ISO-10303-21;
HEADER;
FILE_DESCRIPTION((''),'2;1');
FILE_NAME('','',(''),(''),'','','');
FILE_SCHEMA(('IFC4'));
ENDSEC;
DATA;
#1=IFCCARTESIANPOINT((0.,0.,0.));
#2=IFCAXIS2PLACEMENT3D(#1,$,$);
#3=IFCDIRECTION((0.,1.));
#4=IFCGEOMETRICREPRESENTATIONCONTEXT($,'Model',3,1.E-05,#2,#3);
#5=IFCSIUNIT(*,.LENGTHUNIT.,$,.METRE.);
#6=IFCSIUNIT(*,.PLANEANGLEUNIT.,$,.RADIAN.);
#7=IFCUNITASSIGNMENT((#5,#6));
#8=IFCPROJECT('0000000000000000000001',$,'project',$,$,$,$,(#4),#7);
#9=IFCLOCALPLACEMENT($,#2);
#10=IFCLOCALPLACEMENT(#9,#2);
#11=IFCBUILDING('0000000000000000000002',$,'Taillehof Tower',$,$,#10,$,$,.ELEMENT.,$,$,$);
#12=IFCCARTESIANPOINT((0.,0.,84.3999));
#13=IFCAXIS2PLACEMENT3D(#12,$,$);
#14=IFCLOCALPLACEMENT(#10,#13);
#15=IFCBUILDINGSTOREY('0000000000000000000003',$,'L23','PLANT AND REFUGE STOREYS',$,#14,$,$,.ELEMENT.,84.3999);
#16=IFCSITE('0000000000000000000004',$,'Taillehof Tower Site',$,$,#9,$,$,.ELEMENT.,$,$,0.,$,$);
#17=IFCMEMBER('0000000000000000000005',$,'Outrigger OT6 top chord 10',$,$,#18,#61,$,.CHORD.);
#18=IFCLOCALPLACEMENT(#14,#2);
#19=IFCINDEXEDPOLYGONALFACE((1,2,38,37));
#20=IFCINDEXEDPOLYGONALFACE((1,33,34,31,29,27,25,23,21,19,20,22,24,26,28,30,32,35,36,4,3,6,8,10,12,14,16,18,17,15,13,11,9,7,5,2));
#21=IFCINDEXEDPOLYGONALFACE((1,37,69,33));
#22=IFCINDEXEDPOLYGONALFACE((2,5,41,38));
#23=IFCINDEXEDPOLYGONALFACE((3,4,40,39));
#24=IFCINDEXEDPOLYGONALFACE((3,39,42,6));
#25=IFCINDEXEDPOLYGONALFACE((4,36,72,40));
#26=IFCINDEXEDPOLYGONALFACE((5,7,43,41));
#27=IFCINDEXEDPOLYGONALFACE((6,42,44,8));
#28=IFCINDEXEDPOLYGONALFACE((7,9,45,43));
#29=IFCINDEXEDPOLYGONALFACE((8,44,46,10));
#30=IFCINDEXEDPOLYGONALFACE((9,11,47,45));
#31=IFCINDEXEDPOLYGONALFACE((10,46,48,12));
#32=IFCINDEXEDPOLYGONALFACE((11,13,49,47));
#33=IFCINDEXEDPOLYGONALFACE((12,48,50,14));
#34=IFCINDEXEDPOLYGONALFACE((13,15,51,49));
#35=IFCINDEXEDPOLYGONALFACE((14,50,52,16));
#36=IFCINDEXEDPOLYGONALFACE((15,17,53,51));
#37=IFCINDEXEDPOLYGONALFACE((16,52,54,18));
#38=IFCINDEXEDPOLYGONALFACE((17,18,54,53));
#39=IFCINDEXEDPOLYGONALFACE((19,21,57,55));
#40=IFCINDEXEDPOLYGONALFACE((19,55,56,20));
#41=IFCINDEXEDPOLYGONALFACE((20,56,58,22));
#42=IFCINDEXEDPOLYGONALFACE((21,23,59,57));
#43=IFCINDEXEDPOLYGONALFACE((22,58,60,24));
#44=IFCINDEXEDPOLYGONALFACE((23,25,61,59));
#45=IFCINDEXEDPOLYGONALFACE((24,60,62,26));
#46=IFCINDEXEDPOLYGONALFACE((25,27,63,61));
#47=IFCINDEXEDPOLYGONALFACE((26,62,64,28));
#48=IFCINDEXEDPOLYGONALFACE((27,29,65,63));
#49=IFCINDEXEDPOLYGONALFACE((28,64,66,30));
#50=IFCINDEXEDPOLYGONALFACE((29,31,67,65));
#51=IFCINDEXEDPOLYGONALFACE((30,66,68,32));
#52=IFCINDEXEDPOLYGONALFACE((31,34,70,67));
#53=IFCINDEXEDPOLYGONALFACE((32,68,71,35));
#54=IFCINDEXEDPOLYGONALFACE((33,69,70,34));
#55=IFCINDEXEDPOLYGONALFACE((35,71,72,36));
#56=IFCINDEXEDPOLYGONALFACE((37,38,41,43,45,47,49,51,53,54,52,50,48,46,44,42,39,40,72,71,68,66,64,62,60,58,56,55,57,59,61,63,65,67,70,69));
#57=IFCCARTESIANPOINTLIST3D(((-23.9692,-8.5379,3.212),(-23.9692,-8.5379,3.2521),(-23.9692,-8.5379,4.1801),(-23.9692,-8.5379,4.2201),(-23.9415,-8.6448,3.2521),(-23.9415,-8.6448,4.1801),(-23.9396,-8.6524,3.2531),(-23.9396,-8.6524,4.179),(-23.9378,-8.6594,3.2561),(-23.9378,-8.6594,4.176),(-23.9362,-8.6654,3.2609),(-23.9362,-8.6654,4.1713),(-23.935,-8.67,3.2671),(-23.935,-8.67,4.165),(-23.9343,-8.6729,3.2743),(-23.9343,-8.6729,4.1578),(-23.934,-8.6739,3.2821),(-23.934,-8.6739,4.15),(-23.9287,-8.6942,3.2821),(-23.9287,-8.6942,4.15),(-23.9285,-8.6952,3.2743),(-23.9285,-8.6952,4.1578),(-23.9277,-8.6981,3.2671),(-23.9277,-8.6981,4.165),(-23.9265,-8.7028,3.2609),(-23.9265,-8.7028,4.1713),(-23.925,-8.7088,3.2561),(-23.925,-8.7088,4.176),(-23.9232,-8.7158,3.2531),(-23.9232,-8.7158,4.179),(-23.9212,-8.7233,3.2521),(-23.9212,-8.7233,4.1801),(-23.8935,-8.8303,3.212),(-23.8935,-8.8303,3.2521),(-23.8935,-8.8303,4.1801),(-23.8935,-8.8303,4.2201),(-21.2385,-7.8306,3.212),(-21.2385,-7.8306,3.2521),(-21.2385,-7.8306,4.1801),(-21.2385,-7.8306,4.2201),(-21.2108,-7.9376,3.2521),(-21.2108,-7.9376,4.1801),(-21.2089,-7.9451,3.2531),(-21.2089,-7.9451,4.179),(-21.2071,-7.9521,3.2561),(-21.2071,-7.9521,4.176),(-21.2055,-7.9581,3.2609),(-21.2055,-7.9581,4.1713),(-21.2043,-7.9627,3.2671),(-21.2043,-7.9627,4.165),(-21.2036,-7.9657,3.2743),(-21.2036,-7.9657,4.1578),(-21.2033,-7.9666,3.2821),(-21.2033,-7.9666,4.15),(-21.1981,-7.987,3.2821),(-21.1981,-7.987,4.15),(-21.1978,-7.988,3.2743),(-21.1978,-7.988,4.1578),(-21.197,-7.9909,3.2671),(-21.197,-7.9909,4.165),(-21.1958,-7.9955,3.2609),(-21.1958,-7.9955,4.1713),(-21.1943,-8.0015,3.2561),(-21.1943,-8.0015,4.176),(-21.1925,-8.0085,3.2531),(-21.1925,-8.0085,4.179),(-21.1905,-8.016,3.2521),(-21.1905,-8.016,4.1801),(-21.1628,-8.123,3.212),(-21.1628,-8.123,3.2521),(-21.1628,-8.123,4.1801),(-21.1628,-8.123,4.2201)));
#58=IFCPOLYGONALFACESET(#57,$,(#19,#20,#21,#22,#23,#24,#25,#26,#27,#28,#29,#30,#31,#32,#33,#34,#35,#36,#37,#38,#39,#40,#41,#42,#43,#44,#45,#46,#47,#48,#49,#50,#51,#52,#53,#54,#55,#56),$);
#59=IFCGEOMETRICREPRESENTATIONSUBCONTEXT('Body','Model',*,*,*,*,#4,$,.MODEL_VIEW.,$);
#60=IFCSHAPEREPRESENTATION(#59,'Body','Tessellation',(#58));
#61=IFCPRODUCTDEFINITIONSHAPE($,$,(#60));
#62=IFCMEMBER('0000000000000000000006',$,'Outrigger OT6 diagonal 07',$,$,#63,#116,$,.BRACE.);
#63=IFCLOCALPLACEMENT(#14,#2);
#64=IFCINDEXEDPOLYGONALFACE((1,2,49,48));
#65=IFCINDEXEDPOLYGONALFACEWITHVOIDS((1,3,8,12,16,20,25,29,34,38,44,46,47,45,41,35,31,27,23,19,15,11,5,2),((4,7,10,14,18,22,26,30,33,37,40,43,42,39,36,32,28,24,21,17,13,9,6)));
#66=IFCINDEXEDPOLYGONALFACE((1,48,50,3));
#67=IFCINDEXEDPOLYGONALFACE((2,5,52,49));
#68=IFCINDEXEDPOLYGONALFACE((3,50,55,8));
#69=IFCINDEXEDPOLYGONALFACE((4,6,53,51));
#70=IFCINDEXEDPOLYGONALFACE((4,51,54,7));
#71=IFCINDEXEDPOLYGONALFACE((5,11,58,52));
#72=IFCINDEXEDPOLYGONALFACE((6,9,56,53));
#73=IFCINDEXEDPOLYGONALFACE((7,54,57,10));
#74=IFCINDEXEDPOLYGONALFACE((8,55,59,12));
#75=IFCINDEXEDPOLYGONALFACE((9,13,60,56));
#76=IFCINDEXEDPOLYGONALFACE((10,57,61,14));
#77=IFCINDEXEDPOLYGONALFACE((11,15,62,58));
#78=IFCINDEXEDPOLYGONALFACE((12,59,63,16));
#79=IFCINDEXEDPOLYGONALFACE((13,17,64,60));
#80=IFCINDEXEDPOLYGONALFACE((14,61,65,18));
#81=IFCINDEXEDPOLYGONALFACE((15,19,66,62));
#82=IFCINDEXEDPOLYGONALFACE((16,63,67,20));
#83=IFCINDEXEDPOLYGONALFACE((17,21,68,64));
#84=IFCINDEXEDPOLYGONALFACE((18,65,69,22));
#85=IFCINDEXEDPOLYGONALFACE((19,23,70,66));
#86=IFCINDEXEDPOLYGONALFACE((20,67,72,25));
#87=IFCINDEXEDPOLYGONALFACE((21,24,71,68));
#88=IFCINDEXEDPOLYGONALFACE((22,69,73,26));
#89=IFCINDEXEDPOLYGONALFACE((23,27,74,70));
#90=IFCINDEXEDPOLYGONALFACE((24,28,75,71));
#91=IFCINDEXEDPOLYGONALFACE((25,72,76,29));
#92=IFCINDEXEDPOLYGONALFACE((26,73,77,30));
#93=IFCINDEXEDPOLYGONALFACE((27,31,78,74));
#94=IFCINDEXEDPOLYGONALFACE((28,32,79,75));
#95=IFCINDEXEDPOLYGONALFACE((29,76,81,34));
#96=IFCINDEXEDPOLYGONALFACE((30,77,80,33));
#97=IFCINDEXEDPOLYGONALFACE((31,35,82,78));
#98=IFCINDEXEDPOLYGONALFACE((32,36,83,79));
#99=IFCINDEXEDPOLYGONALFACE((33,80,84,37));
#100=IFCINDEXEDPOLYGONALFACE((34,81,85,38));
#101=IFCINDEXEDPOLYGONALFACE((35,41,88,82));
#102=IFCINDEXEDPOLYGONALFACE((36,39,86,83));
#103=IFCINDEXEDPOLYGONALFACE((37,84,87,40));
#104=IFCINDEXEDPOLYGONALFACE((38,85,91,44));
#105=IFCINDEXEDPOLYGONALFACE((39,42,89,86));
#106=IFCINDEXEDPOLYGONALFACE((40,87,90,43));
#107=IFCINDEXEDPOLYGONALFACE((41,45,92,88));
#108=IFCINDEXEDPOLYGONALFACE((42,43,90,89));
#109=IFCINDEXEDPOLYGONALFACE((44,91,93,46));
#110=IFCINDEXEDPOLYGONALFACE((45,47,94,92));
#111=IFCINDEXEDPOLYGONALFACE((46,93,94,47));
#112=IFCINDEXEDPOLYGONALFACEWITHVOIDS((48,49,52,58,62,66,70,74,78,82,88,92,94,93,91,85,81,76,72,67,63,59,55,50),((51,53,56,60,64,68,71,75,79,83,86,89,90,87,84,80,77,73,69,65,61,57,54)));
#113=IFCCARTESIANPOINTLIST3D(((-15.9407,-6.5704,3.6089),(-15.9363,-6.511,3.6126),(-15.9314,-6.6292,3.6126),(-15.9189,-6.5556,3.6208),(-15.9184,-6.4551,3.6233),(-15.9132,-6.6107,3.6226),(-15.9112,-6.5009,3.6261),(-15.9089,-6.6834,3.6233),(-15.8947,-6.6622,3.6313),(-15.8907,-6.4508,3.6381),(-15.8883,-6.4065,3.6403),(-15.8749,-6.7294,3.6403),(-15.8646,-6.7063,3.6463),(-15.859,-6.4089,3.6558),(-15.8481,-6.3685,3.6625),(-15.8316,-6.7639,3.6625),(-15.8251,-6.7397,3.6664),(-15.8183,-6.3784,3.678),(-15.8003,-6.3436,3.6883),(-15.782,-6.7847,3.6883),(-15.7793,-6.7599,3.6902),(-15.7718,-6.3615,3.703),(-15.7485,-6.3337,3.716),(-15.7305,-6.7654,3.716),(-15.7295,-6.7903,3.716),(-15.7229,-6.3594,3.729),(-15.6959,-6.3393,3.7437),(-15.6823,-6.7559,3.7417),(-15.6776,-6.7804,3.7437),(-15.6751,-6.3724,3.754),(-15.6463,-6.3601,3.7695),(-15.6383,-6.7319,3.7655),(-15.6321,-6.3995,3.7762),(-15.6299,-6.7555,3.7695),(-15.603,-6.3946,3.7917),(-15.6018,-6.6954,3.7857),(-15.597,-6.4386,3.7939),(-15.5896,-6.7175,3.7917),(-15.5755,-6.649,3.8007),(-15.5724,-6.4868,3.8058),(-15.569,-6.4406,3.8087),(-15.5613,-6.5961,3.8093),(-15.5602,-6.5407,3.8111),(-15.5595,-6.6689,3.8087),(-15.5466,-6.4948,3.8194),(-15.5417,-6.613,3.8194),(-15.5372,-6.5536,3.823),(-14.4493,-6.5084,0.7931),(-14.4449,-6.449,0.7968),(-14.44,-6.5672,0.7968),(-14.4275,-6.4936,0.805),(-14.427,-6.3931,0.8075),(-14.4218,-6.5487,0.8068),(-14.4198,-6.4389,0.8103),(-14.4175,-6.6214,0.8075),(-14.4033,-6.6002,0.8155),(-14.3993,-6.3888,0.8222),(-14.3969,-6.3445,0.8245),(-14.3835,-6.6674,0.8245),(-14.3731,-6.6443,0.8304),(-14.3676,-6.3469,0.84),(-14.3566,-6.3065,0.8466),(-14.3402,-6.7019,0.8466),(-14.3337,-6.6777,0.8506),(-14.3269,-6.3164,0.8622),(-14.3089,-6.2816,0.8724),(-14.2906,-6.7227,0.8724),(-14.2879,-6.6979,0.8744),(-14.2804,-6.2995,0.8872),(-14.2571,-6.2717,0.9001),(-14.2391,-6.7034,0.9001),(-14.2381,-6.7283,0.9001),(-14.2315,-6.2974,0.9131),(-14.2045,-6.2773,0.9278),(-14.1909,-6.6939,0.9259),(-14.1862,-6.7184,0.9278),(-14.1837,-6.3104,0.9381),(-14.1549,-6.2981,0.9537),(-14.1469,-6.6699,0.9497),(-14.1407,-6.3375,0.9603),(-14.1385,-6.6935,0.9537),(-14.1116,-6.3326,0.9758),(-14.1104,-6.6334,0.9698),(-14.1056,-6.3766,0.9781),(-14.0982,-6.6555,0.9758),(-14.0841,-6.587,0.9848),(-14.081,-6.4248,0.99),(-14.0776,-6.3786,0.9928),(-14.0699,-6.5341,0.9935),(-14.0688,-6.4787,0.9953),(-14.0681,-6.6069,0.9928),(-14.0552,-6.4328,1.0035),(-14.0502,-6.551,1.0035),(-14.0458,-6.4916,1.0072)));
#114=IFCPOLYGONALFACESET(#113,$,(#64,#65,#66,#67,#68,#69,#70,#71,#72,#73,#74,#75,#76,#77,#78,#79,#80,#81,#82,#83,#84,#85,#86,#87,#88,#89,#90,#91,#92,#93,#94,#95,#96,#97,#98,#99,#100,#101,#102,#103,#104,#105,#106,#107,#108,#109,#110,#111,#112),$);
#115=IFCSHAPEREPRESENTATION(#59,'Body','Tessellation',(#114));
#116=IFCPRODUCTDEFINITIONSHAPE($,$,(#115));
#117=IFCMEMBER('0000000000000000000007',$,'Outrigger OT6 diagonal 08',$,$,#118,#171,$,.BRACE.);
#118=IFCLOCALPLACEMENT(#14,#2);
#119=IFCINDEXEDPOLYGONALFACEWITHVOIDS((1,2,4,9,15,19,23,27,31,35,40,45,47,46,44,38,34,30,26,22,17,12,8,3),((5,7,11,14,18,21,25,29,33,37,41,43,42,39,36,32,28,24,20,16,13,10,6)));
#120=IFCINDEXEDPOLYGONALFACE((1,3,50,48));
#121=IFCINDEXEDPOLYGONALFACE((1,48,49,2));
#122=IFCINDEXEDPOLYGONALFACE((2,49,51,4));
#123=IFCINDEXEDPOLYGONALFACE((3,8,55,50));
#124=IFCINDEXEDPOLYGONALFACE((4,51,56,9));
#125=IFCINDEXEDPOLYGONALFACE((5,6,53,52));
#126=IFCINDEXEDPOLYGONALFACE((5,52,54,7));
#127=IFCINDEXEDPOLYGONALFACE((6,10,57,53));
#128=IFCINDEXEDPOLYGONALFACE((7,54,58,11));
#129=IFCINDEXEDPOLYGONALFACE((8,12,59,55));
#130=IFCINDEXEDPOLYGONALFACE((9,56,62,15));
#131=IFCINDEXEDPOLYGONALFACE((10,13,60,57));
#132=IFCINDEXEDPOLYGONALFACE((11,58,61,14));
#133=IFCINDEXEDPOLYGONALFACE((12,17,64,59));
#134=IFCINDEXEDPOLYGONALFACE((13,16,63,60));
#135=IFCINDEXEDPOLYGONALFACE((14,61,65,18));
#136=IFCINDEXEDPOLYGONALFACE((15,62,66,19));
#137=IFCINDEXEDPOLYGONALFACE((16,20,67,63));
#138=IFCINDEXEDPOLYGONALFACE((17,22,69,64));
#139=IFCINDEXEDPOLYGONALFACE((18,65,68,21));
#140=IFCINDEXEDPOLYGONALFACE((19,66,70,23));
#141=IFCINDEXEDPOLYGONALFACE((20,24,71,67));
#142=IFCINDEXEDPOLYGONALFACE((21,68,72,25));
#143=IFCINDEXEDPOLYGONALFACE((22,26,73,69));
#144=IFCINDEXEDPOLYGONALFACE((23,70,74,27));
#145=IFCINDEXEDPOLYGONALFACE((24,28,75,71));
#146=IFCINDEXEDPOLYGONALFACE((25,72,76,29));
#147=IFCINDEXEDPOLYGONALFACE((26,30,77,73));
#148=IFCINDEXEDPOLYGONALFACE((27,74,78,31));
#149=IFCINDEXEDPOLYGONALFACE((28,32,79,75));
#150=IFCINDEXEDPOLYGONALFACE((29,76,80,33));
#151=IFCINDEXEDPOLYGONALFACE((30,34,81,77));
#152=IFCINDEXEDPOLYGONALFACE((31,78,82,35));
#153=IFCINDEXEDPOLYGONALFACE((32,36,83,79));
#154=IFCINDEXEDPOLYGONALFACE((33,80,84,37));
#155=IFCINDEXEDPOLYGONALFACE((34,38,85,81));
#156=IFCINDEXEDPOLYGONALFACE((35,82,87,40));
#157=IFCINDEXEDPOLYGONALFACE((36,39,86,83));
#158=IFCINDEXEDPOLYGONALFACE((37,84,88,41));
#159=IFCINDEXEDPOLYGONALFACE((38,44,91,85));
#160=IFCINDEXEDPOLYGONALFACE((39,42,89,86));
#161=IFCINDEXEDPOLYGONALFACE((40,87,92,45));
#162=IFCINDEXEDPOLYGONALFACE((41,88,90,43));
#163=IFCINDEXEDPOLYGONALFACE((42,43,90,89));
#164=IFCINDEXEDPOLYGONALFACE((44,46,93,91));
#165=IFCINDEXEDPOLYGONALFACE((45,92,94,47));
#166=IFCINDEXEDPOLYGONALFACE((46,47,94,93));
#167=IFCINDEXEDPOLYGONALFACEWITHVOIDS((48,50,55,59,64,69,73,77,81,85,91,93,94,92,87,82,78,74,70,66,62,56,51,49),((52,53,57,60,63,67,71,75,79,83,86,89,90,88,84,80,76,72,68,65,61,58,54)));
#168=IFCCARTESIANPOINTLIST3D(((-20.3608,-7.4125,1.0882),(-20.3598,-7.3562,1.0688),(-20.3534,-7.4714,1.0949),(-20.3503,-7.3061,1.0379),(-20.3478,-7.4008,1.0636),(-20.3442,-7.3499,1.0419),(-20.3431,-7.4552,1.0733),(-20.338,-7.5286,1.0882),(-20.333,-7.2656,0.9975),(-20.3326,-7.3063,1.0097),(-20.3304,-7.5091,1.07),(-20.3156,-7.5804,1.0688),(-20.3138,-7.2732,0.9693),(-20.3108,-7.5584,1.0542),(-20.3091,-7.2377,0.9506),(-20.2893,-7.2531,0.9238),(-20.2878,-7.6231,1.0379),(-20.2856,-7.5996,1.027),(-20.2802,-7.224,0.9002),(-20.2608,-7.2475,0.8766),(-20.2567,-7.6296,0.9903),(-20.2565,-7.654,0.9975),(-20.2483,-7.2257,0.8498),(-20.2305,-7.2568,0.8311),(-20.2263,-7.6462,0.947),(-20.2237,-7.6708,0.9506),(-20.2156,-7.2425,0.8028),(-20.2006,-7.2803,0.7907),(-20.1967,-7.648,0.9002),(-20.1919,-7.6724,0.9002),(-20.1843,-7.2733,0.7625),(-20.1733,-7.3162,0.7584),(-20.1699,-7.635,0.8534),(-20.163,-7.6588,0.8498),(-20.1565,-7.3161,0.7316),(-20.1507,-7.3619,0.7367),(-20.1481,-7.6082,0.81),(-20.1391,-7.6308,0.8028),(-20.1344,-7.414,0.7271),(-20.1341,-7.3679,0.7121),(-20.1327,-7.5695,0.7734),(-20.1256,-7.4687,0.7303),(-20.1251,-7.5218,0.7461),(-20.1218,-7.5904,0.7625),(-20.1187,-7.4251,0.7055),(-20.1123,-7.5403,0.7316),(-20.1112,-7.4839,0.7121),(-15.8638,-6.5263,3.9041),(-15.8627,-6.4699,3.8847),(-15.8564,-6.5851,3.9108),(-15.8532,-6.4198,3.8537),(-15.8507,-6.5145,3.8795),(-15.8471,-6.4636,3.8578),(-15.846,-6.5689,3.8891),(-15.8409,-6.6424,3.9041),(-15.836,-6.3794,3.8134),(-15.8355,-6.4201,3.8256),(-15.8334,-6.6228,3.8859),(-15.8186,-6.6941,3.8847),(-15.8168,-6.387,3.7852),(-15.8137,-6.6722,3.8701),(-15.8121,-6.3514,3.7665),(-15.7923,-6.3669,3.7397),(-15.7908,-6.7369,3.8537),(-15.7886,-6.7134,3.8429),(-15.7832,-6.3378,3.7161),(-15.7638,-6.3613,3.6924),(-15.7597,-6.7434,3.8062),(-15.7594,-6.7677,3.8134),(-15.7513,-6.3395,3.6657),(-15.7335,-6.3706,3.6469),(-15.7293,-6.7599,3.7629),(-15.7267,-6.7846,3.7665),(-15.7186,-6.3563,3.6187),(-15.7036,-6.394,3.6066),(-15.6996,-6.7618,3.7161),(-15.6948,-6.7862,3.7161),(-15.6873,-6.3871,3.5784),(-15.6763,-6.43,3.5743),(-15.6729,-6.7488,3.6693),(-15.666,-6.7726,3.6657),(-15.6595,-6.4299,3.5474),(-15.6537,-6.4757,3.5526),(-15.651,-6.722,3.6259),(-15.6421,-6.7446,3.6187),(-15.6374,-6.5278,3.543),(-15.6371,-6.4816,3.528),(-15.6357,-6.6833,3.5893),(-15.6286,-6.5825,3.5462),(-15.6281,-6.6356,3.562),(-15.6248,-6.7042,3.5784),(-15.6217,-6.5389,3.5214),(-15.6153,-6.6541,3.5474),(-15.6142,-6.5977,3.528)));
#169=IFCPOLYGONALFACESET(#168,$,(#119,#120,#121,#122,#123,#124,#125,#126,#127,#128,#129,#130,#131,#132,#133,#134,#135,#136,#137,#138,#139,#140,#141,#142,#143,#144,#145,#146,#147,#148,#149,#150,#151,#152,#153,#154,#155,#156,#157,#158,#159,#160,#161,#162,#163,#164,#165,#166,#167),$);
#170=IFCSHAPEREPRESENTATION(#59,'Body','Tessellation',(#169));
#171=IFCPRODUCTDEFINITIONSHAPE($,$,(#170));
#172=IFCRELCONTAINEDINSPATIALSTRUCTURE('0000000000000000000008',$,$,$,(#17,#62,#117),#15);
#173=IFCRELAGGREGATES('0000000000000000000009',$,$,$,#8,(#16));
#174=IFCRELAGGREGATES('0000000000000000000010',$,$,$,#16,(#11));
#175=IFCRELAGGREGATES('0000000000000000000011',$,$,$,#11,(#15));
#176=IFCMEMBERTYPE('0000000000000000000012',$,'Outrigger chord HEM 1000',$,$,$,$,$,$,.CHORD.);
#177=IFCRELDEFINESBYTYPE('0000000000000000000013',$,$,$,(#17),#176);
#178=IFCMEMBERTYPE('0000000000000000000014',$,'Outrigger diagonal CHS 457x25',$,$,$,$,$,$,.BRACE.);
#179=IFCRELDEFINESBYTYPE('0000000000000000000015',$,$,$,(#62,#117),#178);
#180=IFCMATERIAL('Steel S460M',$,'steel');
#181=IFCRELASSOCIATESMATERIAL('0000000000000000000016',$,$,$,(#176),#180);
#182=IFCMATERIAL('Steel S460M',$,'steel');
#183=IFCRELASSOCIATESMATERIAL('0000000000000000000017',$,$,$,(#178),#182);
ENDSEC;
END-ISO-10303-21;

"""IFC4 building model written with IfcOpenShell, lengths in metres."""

from ifc_helpers import new_model, si_unit, direction, frame, origin, origin_2d, place, context, subcontext, project, spatial, hollow_circle, i_section, extrude, material, material_profile, profile_set, type_object, element, save


model = new_model("IFC4")

# Units and contexts
model_context = context("Model", 3, precision=1e-05, world=origin(), true_north=direction((0.0, 1.0)))
body_context = subcontext(model_context, "Body", "Model", "MODEL_VIEW")
ifc_project = project(units=[si_unit("LENGTHUNIT", "METRE"), si_unit("PLANEANGLEUNIT", "RADIAN")], contexts=[model_context])

# Site, building, storey
site_placement = place(None, origin())
site = spatial("IfcSite", under=ifc_project, at=site_placement, Name="Taillehof Tower Site", CompositionType="ELEMENT", RefElevation=0.0)
building_placement = place(site_placement, origin())
building = spatial("IfcBuilding", under=site, at=building_placement, Name="Taillehof Tower", CompositionType="ELEMENT")
storey_placement = place(building_placement, frame((0.0, 0.0, 84.3999)))
storey = spatial("IfcBuildingStorey", under=building, at=storey_placement, Name="L23", Description="PLANT AND REFUGE STOREYS", CompositionType="ELEMENT", Elevation=84.3999)

# Members
ifc_material_1 = material(Name="Steel S460M", Category="steel")
ifc_material_profile_1 = material_profile(ifc_material_1, i_section(OverallWidth=0.302, OverallDepth=1.0081, WebThickness=0.021, FlangeThickness=0.04, FilletRadius=0.03, at=origin_2d()), Name="HEM 1000")
ifc_profile_set_1 = profile_set([ifc_material_profile_1], Name="Steel S460M")
member_type_1 = type_object("IfcMemberType", Name="Outrigger chord HEM 1000", PredefinedType="CHORD", material=ifc_profile_set_1)
member_1_placement = place(storey_placement, frame((-21.2007, -7.9768, 3.7161), z_axis=(-0.968056, -0.250734, 0.0), x_axis=(0.250734, -0.968056, 0.0)))
element("IfcMember", 1, at=member_1_placement, inside=storey, type_object=member_type_1, Name="Outrigger OT6 top chord 10", PredefinedType="CHORD", context=body_context, shape_type="SweptSolid", body=[
    extrude(i_section(OverallWidth=0.302, OverallDepth=1.0081, WebThickness=0.021, FlangeThickness=0.04, FilletRadius=0.03, at=origin_2d()), origin(), (0.0, 0.0, 1.0), 2.8208),
])
ifc_material_2 = material(Name="Steel S460M", Category="steel")
ifc_material_profile_2 = material_profile(ifc_material_2, hollow_circle(Radius=0.2285, WallThickness=0.0249, at=origin_2d()), Name="CHS 457x25")
ifc_profile_set_2 = profile_set([ifc_material_profile_2], Name="Steel S460M")
member_type_2 = type_object("IfcMemberType", Name="Outrigger diagonal CHS 457x25", PredefinedType="BRACE", material=ifc_profile_set_2)
member_2_placement = place(storey_placement, frame((-14.2476, -6.5, 0.9001), z_axis=(-0.467965, -0.019457, 0.883533), x_axis=(0.041542, -0.999137, 0.0)))
element("IfcMember", 2, at=member_2_placement, inside=storey, type_object=member_type_2, Name="Outrigger OT6 diagonal 07", PredefinedType="BRACE", context=body_context, shape_type="SweptSolid", body=[
    extrude(hollow_circle(Radius=0.2285, WallThickness=0.0249, at=origin_2d()), origin(), (0.0, 0.0, 1.0), 3.187),
])
member_3_placement = place(storey_placement, frame((-15.739, -6.562, 3.7161), z_axis=(-0.835973, -0.164744, -0.523459), x_axis=(0.19335, -0.98113, 0.0)))
element("IfcMember", 3, at=member_3_placement, inside=storey, type_object=member_type_2, Name="Outrigger OT6 diagonal 08", PredefinedType="BRACE", context=body_context, shape_type="SweptSolid", body=[
    extrude(hollow_circle(Radius=0.2285, WallThickness=0.0249, at=origin_2d()), origin(), (0.0, 0.0, 1.0), 5.3794),
])

save(model, "model.ifc")
